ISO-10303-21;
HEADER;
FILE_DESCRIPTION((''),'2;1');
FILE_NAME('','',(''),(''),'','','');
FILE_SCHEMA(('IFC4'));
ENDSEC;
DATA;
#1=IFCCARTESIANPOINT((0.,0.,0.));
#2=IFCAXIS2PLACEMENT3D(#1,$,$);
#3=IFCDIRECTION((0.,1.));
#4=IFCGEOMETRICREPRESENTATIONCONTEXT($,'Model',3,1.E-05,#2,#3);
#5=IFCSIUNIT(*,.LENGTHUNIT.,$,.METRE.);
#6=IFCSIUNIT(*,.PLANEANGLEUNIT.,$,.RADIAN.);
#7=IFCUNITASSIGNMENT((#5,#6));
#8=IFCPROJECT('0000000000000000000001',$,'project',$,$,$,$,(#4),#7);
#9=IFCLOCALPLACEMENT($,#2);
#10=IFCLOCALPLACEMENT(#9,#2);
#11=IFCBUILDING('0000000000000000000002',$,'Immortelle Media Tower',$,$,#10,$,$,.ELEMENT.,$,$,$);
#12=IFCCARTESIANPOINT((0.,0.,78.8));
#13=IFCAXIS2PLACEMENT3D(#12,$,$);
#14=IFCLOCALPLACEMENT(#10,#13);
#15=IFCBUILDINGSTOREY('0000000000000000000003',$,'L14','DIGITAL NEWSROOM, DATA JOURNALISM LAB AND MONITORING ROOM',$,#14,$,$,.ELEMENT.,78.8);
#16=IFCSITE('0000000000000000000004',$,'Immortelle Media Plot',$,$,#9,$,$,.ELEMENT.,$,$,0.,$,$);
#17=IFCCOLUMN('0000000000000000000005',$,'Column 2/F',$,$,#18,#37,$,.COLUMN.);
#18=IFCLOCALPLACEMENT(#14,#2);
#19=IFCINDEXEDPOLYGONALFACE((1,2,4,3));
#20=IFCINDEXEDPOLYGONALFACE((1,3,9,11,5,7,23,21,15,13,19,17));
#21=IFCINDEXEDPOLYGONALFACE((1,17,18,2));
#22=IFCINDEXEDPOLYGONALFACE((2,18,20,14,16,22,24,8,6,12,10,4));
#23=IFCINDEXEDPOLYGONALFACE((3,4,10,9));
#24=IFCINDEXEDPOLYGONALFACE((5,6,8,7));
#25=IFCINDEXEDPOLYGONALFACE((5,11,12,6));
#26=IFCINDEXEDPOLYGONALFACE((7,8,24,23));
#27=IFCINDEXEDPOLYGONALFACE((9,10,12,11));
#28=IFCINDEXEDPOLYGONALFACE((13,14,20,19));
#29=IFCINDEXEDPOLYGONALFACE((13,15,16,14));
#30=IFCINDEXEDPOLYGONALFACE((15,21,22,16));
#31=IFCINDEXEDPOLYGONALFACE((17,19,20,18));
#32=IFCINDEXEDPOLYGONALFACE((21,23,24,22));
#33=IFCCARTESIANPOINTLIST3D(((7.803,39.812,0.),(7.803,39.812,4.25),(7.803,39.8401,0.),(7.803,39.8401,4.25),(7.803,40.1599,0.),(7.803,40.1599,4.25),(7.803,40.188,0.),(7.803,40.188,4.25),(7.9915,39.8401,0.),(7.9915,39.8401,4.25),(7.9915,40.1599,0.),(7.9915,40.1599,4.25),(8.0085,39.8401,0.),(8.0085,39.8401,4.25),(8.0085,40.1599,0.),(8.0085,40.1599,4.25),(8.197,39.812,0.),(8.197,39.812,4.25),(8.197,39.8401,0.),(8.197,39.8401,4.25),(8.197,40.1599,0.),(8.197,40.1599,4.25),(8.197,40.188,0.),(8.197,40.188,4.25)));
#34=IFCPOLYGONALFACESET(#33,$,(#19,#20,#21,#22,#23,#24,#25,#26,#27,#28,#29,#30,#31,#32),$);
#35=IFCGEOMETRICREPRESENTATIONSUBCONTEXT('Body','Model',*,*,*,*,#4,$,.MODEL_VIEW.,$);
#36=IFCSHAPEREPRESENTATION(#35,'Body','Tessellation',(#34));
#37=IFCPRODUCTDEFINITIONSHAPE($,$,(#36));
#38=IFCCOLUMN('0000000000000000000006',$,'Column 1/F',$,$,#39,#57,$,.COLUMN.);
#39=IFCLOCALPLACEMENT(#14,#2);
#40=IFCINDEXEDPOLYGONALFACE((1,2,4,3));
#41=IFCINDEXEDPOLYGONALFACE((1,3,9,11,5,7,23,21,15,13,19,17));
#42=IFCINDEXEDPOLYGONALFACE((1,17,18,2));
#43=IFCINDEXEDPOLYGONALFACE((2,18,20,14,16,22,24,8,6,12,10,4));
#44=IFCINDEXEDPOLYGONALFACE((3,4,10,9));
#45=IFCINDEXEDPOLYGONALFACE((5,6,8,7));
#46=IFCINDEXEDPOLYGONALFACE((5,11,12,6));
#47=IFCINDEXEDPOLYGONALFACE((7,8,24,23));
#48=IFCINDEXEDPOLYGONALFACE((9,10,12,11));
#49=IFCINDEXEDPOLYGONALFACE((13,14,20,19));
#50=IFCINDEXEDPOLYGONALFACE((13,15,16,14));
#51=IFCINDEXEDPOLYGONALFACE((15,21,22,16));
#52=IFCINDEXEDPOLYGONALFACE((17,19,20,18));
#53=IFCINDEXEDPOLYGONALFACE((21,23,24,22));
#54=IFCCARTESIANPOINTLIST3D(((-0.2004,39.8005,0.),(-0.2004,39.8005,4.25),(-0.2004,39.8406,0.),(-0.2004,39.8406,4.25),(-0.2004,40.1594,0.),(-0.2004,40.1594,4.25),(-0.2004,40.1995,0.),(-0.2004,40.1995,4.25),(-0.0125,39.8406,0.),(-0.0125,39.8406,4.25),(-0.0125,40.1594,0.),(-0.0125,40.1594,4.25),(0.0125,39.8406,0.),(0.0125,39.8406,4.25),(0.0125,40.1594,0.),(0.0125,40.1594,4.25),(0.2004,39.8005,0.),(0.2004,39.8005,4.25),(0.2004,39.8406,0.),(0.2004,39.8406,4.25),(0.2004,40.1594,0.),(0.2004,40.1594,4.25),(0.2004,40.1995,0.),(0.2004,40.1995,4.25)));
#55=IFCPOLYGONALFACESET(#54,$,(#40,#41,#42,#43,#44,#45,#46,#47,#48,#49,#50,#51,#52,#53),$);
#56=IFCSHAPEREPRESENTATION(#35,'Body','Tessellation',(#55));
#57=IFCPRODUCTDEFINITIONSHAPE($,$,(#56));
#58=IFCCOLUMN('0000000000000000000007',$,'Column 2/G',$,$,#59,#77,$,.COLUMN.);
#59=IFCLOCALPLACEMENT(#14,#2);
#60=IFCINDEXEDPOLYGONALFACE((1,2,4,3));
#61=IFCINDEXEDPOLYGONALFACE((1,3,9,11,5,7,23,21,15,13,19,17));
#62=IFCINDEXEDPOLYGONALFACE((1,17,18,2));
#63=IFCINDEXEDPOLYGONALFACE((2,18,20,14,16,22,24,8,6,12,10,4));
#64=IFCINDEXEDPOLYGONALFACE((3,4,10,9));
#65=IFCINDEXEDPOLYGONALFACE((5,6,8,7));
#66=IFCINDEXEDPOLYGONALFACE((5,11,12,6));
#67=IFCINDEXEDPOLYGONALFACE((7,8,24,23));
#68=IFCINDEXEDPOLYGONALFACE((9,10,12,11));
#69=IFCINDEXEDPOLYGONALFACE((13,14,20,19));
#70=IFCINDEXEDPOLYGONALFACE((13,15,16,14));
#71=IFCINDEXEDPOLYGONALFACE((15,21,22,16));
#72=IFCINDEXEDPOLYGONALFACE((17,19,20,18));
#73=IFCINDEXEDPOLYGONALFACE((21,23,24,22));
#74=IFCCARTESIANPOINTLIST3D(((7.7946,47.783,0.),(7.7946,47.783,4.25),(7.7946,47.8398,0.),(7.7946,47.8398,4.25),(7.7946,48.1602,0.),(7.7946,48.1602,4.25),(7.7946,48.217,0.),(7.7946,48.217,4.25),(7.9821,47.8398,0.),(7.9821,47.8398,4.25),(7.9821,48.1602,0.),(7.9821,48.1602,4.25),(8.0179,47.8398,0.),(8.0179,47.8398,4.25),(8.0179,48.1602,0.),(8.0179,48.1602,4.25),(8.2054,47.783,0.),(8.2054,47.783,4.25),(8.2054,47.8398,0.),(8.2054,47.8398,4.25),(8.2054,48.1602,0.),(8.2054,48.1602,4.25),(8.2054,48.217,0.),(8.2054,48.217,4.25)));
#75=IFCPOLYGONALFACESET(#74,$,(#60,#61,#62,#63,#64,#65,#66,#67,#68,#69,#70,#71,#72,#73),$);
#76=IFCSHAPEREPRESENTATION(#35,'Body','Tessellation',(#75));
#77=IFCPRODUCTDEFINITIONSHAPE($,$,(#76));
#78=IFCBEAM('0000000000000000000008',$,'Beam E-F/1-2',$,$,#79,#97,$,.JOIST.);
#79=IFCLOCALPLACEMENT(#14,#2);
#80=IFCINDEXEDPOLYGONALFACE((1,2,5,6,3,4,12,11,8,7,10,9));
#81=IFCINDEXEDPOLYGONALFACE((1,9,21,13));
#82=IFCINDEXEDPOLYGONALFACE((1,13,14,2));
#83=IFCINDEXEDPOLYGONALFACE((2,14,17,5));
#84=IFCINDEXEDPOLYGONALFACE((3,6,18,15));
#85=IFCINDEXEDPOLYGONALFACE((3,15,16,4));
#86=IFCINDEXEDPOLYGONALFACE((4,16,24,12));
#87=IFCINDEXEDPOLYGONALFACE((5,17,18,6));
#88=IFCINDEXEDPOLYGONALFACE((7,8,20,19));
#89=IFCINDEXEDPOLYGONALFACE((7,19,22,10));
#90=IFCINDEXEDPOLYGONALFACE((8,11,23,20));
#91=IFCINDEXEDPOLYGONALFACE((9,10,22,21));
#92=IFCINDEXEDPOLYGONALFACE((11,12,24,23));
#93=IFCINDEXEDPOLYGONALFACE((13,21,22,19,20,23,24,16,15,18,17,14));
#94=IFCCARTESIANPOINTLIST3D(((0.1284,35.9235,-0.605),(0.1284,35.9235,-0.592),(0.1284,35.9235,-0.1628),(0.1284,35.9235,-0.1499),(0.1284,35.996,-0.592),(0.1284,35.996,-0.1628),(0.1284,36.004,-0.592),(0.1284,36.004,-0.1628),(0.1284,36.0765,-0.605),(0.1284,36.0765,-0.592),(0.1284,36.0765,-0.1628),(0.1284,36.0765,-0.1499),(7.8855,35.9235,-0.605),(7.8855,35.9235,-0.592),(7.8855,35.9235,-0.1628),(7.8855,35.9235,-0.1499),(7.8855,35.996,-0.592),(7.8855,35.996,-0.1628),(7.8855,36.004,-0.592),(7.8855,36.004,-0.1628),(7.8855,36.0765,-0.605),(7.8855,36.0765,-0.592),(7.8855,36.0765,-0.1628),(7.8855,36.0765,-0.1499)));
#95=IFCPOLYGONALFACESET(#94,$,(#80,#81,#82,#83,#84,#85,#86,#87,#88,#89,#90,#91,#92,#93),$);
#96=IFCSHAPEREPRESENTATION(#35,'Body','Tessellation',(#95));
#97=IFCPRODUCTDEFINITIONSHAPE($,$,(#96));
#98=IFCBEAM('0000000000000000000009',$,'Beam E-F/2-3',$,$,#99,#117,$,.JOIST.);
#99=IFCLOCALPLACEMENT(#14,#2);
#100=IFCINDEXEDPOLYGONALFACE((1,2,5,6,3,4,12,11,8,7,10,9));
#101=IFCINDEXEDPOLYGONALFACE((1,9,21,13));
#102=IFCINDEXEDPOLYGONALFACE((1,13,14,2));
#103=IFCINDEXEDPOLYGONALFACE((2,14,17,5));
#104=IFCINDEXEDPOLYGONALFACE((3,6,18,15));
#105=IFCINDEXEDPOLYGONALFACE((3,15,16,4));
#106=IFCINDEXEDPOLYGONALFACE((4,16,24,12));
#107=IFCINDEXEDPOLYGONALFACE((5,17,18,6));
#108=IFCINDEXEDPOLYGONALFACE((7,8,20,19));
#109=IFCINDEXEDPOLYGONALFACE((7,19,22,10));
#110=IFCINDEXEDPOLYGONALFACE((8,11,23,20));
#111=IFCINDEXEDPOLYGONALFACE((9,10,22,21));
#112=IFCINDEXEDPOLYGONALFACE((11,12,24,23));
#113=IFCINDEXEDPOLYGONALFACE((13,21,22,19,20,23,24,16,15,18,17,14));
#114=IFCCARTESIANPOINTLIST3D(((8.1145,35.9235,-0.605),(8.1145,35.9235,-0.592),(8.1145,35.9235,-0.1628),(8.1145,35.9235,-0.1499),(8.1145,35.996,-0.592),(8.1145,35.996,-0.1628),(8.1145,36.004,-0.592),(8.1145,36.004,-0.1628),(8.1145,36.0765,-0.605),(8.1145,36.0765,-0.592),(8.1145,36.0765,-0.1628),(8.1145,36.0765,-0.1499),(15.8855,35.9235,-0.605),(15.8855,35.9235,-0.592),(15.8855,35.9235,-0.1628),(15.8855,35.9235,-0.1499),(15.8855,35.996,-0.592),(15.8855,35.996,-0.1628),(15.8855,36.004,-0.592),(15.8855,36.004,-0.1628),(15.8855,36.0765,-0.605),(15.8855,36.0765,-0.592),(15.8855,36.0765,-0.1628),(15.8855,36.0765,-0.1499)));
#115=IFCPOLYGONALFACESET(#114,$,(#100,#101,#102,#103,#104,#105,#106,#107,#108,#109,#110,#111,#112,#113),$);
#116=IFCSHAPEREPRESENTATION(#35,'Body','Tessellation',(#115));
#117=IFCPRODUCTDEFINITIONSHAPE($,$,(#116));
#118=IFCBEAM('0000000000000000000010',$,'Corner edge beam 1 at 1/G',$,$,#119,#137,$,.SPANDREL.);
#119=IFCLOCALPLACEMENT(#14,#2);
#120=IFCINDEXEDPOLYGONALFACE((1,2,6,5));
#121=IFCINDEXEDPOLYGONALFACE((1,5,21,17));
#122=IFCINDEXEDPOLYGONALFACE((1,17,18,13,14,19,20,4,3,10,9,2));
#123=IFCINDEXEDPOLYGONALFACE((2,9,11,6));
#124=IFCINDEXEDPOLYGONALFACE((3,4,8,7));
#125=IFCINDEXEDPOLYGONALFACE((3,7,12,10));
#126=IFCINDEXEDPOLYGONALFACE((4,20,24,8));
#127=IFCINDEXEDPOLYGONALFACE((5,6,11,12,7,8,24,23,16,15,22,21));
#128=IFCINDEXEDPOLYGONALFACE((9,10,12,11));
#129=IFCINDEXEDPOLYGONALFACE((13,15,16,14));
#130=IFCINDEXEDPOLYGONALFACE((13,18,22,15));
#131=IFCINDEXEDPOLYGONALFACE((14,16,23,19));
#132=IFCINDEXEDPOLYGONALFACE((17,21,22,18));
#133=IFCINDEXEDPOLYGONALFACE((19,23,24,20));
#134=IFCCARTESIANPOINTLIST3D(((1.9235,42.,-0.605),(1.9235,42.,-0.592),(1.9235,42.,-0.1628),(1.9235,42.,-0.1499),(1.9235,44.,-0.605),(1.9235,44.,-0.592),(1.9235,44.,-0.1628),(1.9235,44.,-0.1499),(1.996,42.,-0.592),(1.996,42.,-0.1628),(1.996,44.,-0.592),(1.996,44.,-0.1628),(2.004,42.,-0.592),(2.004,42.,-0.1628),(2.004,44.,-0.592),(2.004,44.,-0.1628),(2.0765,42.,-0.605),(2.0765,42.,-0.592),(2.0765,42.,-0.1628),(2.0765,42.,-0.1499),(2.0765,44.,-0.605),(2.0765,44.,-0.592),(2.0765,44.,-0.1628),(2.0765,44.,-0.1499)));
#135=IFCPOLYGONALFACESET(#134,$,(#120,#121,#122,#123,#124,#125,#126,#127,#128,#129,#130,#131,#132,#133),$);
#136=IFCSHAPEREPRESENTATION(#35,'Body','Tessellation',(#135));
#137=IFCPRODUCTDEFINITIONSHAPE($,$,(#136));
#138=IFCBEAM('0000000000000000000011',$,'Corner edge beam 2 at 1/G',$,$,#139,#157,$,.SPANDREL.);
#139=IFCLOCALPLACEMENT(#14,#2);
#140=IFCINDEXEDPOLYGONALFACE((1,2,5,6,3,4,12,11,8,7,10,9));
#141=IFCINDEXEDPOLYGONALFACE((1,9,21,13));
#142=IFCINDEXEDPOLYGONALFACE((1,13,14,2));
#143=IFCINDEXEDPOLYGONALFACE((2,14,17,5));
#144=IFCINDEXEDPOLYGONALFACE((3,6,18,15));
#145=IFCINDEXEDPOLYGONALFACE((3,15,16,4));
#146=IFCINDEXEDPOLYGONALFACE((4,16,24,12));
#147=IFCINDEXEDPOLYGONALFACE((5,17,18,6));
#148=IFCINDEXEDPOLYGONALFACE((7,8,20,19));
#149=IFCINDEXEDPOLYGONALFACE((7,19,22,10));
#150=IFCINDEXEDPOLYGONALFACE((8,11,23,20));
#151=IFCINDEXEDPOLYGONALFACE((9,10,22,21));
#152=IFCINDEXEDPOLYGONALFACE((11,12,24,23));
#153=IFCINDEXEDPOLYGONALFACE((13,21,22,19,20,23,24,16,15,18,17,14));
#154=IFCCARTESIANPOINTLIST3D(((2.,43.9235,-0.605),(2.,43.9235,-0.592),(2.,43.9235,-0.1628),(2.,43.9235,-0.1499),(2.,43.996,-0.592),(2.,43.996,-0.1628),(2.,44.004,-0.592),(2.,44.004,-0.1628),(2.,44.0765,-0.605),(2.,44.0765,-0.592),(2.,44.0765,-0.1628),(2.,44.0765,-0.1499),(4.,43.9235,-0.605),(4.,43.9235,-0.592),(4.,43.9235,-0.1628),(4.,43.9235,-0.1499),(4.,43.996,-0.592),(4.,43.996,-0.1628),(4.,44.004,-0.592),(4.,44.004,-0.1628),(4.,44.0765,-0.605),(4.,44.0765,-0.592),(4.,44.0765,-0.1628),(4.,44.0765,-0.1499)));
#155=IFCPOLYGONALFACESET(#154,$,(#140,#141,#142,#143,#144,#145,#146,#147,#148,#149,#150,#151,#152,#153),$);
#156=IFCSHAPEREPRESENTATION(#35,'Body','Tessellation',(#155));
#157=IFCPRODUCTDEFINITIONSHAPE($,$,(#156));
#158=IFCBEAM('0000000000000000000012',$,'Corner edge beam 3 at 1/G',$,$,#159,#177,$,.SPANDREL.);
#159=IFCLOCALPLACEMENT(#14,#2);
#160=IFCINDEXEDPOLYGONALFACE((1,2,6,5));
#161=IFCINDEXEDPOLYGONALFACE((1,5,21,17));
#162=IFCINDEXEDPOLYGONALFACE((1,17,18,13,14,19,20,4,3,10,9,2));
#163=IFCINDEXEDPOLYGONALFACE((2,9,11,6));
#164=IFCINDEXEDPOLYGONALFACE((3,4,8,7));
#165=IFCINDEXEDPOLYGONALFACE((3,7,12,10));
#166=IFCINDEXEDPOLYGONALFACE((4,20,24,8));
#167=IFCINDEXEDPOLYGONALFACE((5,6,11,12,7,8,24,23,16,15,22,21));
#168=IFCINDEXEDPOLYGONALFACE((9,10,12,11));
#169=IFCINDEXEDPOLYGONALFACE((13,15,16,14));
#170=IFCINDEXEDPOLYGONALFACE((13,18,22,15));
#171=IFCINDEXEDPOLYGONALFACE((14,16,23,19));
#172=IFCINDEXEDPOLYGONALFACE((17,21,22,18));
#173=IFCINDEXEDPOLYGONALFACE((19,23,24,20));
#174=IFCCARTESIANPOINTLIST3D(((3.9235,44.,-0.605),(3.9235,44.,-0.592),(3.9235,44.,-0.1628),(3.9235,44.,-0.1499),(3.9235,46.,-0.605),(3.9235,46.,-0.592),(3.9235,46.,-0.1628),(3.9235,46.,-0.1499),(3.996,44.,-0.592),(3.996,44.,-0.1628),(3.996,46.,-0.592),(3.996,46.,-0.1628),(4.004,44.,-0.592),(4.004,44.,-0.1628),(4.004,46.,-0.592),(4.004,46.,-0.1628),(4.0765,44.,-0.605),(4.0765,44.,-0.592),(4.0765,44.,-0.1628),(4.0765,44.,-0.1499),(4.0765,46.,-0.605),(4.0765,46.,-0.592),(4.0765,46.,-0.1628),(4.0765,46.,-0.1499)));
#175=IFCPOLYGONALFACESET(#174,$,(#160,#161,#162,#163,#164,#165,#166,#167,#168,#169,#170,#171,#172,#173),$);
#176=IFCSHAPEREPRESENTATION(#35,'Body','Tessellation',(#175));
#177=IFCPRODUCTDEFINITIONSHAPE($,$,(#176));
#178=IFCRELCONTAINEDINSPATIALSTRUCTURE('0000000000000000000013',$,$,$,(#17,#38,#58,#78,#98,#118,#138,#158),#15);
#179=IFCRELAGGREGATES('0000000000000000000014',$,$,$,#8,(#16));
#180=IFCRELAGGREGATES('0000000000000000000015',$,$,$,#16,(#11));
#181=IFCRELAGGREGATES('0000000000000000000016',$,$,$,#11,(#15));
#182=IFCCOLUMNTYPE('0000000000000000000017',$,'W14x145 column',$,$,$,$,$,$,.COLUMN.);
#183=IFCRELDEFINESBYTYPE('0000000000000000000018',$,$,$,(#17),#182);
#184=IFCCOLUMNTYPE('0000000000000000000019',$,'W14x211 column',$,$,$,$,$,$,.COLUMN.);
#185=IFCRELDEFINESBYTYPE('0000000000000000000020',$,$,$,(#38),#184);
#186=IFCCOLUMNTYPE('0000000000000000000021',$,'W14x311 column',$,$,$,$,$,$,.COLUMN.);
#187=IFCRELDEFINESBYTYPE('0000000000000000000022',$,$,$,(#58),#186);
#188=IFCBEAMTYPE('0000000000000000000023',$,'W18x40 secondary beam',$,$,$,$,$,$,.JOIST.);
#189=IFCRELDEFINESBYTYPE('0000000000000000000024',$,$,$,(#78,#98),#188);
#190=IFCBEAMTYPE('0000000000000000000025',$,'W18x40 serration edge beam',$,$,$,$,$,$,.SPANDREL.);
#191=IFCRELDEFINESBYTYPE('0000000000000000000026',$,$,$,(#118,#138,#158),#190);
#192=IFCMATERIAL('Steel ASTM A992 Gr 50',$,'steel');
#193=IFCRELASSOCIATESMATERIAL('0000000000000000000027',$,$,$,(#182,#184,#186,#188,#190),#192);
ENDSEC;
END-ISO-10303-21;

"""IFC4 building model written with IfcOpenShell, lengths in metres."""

from ifc_helpers import new_model, si_unit, direction, frame, origin, origin_2d, place, context, subcontext, project, spatial, i_section, extrude, material, material_profile, profile_set, type_object, element, save


model = new_model("IFC4")

# Units and contexts
model_context = context("Model", 3, precision=1e-05, world=origin(), true_north=direction((0.0, 1.0)))
body_context = subcontext(model_context, "Body", "Model", "MODEL_VIEW")
ifc_project = project(units=[si_unit("LENGTHUNIT", "METRE"), si_unit("PLANEANGLEUNIT", "RADIAN")], contexts=[model_context])

# Site, building, storey
site_placement = place(None, origin())
site = spatial("IfcSite", under=ifc_project, at=site_placement, Name="Immortelle Media Plot", CompositionType="ELEMENT", RefElevation=0.0)
building_placement = place(site_placement, origin())
building = spatial("IfcBuilding", under=site, at=building_placement, Name="Immortelle Media Tower", CompositionType="ELEMENT")
storey_placement = place(building_placement, frame((0.0, 0.0, 78.8)))
storey = spatial("IfcBuildingStorey", under=building, at=storey_placement, Name="L14", Description="DIGITAL NEWSROOM, DATA JOURNALISM LAB AND MONITORING ROOM", CompositionType="ELEMENT", Elevation=78.8)

# Columns
ifc_material_1 = material(Name="Steel ASTM A992 Gr 50", Category="steel")
ifc_material_profile_1 = material_profile(ifc_material_1, i_section(OverallWidth=0.394, OverallDepth=0.376, WebThickness=0.0171, FlangeThickness=0.0281, at=origin_2d()), Name="W14x145")
ifc_profile_set_1 = profile_set([ifc_material_profile_1], Name="Steel ASTM A992 Gr 50")
column_type_1 = type_object("IfcColumnType", Name="W14x145 column", PredefinedType="COLUMN", material=ifc_profile_set_1)
column_1_placement = place(storey_placement, frame((8.0, 40.0, 0.0), z_axis=(0.0, 0.0, 1.0), x_axis=(1.0, 0.0, 0.0)))
element("IfcColumn", 1, at=column_1_placement, inside=storey, type_object=column_type_1, Name="Column 2/F", PredefinedType="COLUMN", context=body_context, shape_type="SweptSolid", body=[
    extrude(i_section(OverallWidth=0.394, OverallDepth=0.376, WebThickness=0.0171, FlangeThickness=0.0281, at=origin_2d()), origin(), (0.0, 0.0, 1.0), 4.25),
])
ifc_material_profile_2 = material_profile(ifc_material_1, i_section(OverallWidth=0.4009, OverallDepth=0.3989, WebThickness=0.0249, FlangeThickness=0.04, at=origin_2d()), Name="W14x211")
ifc_profile_set_2 = profile_set([ifc_material_profile_2], Name="Steel ASTM A992 Gr 50")
column_type_2 = type_object("IfcColumnType", Name="W14x211 column", PredefinedType="COLUMN", material=ifc_profile_set_2)
column_2_placement = place(storey_placement, frame((0.0, 40.0, 0.0), z_axis=(0.0, 0.0, 1.0), x_axis=(1.0, 0.0, 0.0)))
element("IfcColumn", 2, at=column_2_placement, inside=storey, type_object=column_type_2, Name="Column 1/F", PredefinedType="COLUMN", context=body_context, shape_type="SweptSolid", body=[
    extrude(i_section(OverallWidth=0.4009, OverallDepth=0.3989, WebThickness=0.0249, FlangeThickness=0.04, at=origin_2d()), origin(), (0.0, 0.0, 1.0), 4.25),
])
ifc_material_profile_3 = material_profile(ifc_material_1, i_section(OverallWidth=0.4109, OverallDepth=0.4341, WebThickness=0.0359, FlangeThickness=0.0569, at=origin_2d()), Name="W14x311")
ifc_profile_set_3 = profile_set([ifc_material_profile_3], Name="Steel ASTM A992 Gr 50")
column_type_3 = type_object("IfcColumnType", Name="W14x311 column", PredefinedType="COLUMN", material=ifc_profile_set_3)
column_3_placement = place(storey_placement, frame((8.0, 48.0, 0.0), z_axis=(0.0, 0.0, 1.0), x_axis=(1.0, 0.0, 0.0)))
element("IfcColumn", 3, at=column_3_placement, inside=storey, type_object=column_type_3, Name="Column 2/G", PredefinedType="COLUMN", context=body_context, shape_type="SweptSolid", body=[
    extrude(i_section(OverallWidth=0.4109, OverallDepth=0.4341, WebThickness=0.0359, FlangeThickness=0.0569, at=origin_2d()), origin(), (0.0, 0.0, 1.0), 4.25),
])

# Beams
ifc_material_profile_4 = material_profile(ifc_material_1, i_section(OverallWidth=0.1531, OverallDepth=0.4551, WebThickness=0.0081, FlangeThickness=0.0129, at=origin_2d()), Name="W18x40")
ifc_profile_set_4 = profile_set([ifc_material_profile_4], Name="Steel ASTM A992 Gr 50")
beam_type_1 = type_object("IfcBeamType", Name="W18x40 secondary beam", PredefinedType="JOIST", material=ifc_profile_set_4)
beam_1_placement = place(storey_placement, frame((0.1284, 36.0, -0.3774), z_axis=(1.0, 0.0, 0.0), x_axis=(0.0, 1.0, 0.0)))
element("IfcBeam", 4, at=beam_1_placement, inside=storey, type_object=beam_type_1, Name="Beam E-F/1-2", PredefinedType="JOIST", context=body_context, shape_type="SweptSolid", body=[
    extrude(i_section(OverallWidth=0.1531, OverallDepth=0.4551, WebThickness=0.0081, FlangeThickness=0.0129, at=origin_2d()), origin(), (0.0, 0.0, 1.0), 7.7571),
])
beam_2_placement = place(storey_placement, frame((8.1145, 36.0, -0.3774), z_axis=(1.0, 0.0, 0.0), x_axis=(0.0, 1.0, 0.0)))
element("IfcBeam", 5, at=beam_2_placement, inside=storey, type_object=beam_type_1, Name="Beam E-F/2-3", PredefinedType="JOIST", context=body_context, shape_type="SweptSolid", body=[
    extrude(i_section(OverallWidth=0.1531, OverallDepth=0.4551, WebThickness=0.0081, FlangeThickness=0.0129, at=origin_2d()), origin(), (0.0, 0.0, 1.0), 7.771),
])
ifc_material_profile_5 = material_profile(ifc_material_1, i_section(OverallWidth=0.1531, OverallDepth=0.4551, WebThickness=0.0081, FlangeThickness=0.0129, at=origin_2d()), Name="W18x40")
ifc_profile_set_5 = profile_set([ifc_material_profile_5], Name="Steel ASTM A992 Gr 50")
beam_type_2 = type_object("IfcBeamType", Name="W18x40 serration edge beam", PredefinedType="SPANDREL", material=ifc_profile_set_5)
for number, where, z_axis, x_axis, name in (
    (6, (2.0, 42.0, -0.3774), (0.0, 1.0, 0.0), (-1.0, 0.0, 0.0), "Corner edge beam 1 at 1/G"),
    (7, (2.0, 44.0, -0.3774), (1.0, 0.0, 0.0), (0.0, 1.0, 0.0), "Corner edge beam 2 at 1/G"),
    (8, (4.0, 44.0, -0.3774), (0.0, 1.0, 0.0), (-1.0, 0.0, 0.0), "Corner edge beam 3 at 1/G"),
):
    element("IfcBeam", number, at=place(storey_placement, frame(where, z_axis=z_axis, x_axis=x_axis)), inside=storey, type_object=beam_type_2, Name=name, PredefinedType="SPANDREL", context=body_context, shape_type="SweptSolid", body=[
        extrude(i_section(OverallWidth=0.1531, OverallDepth=0.4551, WebThickness=0.0081, FlangeThickness=0.0129, at=origin_2d()), origin(), (0.0, 0.0, 1.0), 2.0),
    ])

save(model, "model.ifc")
